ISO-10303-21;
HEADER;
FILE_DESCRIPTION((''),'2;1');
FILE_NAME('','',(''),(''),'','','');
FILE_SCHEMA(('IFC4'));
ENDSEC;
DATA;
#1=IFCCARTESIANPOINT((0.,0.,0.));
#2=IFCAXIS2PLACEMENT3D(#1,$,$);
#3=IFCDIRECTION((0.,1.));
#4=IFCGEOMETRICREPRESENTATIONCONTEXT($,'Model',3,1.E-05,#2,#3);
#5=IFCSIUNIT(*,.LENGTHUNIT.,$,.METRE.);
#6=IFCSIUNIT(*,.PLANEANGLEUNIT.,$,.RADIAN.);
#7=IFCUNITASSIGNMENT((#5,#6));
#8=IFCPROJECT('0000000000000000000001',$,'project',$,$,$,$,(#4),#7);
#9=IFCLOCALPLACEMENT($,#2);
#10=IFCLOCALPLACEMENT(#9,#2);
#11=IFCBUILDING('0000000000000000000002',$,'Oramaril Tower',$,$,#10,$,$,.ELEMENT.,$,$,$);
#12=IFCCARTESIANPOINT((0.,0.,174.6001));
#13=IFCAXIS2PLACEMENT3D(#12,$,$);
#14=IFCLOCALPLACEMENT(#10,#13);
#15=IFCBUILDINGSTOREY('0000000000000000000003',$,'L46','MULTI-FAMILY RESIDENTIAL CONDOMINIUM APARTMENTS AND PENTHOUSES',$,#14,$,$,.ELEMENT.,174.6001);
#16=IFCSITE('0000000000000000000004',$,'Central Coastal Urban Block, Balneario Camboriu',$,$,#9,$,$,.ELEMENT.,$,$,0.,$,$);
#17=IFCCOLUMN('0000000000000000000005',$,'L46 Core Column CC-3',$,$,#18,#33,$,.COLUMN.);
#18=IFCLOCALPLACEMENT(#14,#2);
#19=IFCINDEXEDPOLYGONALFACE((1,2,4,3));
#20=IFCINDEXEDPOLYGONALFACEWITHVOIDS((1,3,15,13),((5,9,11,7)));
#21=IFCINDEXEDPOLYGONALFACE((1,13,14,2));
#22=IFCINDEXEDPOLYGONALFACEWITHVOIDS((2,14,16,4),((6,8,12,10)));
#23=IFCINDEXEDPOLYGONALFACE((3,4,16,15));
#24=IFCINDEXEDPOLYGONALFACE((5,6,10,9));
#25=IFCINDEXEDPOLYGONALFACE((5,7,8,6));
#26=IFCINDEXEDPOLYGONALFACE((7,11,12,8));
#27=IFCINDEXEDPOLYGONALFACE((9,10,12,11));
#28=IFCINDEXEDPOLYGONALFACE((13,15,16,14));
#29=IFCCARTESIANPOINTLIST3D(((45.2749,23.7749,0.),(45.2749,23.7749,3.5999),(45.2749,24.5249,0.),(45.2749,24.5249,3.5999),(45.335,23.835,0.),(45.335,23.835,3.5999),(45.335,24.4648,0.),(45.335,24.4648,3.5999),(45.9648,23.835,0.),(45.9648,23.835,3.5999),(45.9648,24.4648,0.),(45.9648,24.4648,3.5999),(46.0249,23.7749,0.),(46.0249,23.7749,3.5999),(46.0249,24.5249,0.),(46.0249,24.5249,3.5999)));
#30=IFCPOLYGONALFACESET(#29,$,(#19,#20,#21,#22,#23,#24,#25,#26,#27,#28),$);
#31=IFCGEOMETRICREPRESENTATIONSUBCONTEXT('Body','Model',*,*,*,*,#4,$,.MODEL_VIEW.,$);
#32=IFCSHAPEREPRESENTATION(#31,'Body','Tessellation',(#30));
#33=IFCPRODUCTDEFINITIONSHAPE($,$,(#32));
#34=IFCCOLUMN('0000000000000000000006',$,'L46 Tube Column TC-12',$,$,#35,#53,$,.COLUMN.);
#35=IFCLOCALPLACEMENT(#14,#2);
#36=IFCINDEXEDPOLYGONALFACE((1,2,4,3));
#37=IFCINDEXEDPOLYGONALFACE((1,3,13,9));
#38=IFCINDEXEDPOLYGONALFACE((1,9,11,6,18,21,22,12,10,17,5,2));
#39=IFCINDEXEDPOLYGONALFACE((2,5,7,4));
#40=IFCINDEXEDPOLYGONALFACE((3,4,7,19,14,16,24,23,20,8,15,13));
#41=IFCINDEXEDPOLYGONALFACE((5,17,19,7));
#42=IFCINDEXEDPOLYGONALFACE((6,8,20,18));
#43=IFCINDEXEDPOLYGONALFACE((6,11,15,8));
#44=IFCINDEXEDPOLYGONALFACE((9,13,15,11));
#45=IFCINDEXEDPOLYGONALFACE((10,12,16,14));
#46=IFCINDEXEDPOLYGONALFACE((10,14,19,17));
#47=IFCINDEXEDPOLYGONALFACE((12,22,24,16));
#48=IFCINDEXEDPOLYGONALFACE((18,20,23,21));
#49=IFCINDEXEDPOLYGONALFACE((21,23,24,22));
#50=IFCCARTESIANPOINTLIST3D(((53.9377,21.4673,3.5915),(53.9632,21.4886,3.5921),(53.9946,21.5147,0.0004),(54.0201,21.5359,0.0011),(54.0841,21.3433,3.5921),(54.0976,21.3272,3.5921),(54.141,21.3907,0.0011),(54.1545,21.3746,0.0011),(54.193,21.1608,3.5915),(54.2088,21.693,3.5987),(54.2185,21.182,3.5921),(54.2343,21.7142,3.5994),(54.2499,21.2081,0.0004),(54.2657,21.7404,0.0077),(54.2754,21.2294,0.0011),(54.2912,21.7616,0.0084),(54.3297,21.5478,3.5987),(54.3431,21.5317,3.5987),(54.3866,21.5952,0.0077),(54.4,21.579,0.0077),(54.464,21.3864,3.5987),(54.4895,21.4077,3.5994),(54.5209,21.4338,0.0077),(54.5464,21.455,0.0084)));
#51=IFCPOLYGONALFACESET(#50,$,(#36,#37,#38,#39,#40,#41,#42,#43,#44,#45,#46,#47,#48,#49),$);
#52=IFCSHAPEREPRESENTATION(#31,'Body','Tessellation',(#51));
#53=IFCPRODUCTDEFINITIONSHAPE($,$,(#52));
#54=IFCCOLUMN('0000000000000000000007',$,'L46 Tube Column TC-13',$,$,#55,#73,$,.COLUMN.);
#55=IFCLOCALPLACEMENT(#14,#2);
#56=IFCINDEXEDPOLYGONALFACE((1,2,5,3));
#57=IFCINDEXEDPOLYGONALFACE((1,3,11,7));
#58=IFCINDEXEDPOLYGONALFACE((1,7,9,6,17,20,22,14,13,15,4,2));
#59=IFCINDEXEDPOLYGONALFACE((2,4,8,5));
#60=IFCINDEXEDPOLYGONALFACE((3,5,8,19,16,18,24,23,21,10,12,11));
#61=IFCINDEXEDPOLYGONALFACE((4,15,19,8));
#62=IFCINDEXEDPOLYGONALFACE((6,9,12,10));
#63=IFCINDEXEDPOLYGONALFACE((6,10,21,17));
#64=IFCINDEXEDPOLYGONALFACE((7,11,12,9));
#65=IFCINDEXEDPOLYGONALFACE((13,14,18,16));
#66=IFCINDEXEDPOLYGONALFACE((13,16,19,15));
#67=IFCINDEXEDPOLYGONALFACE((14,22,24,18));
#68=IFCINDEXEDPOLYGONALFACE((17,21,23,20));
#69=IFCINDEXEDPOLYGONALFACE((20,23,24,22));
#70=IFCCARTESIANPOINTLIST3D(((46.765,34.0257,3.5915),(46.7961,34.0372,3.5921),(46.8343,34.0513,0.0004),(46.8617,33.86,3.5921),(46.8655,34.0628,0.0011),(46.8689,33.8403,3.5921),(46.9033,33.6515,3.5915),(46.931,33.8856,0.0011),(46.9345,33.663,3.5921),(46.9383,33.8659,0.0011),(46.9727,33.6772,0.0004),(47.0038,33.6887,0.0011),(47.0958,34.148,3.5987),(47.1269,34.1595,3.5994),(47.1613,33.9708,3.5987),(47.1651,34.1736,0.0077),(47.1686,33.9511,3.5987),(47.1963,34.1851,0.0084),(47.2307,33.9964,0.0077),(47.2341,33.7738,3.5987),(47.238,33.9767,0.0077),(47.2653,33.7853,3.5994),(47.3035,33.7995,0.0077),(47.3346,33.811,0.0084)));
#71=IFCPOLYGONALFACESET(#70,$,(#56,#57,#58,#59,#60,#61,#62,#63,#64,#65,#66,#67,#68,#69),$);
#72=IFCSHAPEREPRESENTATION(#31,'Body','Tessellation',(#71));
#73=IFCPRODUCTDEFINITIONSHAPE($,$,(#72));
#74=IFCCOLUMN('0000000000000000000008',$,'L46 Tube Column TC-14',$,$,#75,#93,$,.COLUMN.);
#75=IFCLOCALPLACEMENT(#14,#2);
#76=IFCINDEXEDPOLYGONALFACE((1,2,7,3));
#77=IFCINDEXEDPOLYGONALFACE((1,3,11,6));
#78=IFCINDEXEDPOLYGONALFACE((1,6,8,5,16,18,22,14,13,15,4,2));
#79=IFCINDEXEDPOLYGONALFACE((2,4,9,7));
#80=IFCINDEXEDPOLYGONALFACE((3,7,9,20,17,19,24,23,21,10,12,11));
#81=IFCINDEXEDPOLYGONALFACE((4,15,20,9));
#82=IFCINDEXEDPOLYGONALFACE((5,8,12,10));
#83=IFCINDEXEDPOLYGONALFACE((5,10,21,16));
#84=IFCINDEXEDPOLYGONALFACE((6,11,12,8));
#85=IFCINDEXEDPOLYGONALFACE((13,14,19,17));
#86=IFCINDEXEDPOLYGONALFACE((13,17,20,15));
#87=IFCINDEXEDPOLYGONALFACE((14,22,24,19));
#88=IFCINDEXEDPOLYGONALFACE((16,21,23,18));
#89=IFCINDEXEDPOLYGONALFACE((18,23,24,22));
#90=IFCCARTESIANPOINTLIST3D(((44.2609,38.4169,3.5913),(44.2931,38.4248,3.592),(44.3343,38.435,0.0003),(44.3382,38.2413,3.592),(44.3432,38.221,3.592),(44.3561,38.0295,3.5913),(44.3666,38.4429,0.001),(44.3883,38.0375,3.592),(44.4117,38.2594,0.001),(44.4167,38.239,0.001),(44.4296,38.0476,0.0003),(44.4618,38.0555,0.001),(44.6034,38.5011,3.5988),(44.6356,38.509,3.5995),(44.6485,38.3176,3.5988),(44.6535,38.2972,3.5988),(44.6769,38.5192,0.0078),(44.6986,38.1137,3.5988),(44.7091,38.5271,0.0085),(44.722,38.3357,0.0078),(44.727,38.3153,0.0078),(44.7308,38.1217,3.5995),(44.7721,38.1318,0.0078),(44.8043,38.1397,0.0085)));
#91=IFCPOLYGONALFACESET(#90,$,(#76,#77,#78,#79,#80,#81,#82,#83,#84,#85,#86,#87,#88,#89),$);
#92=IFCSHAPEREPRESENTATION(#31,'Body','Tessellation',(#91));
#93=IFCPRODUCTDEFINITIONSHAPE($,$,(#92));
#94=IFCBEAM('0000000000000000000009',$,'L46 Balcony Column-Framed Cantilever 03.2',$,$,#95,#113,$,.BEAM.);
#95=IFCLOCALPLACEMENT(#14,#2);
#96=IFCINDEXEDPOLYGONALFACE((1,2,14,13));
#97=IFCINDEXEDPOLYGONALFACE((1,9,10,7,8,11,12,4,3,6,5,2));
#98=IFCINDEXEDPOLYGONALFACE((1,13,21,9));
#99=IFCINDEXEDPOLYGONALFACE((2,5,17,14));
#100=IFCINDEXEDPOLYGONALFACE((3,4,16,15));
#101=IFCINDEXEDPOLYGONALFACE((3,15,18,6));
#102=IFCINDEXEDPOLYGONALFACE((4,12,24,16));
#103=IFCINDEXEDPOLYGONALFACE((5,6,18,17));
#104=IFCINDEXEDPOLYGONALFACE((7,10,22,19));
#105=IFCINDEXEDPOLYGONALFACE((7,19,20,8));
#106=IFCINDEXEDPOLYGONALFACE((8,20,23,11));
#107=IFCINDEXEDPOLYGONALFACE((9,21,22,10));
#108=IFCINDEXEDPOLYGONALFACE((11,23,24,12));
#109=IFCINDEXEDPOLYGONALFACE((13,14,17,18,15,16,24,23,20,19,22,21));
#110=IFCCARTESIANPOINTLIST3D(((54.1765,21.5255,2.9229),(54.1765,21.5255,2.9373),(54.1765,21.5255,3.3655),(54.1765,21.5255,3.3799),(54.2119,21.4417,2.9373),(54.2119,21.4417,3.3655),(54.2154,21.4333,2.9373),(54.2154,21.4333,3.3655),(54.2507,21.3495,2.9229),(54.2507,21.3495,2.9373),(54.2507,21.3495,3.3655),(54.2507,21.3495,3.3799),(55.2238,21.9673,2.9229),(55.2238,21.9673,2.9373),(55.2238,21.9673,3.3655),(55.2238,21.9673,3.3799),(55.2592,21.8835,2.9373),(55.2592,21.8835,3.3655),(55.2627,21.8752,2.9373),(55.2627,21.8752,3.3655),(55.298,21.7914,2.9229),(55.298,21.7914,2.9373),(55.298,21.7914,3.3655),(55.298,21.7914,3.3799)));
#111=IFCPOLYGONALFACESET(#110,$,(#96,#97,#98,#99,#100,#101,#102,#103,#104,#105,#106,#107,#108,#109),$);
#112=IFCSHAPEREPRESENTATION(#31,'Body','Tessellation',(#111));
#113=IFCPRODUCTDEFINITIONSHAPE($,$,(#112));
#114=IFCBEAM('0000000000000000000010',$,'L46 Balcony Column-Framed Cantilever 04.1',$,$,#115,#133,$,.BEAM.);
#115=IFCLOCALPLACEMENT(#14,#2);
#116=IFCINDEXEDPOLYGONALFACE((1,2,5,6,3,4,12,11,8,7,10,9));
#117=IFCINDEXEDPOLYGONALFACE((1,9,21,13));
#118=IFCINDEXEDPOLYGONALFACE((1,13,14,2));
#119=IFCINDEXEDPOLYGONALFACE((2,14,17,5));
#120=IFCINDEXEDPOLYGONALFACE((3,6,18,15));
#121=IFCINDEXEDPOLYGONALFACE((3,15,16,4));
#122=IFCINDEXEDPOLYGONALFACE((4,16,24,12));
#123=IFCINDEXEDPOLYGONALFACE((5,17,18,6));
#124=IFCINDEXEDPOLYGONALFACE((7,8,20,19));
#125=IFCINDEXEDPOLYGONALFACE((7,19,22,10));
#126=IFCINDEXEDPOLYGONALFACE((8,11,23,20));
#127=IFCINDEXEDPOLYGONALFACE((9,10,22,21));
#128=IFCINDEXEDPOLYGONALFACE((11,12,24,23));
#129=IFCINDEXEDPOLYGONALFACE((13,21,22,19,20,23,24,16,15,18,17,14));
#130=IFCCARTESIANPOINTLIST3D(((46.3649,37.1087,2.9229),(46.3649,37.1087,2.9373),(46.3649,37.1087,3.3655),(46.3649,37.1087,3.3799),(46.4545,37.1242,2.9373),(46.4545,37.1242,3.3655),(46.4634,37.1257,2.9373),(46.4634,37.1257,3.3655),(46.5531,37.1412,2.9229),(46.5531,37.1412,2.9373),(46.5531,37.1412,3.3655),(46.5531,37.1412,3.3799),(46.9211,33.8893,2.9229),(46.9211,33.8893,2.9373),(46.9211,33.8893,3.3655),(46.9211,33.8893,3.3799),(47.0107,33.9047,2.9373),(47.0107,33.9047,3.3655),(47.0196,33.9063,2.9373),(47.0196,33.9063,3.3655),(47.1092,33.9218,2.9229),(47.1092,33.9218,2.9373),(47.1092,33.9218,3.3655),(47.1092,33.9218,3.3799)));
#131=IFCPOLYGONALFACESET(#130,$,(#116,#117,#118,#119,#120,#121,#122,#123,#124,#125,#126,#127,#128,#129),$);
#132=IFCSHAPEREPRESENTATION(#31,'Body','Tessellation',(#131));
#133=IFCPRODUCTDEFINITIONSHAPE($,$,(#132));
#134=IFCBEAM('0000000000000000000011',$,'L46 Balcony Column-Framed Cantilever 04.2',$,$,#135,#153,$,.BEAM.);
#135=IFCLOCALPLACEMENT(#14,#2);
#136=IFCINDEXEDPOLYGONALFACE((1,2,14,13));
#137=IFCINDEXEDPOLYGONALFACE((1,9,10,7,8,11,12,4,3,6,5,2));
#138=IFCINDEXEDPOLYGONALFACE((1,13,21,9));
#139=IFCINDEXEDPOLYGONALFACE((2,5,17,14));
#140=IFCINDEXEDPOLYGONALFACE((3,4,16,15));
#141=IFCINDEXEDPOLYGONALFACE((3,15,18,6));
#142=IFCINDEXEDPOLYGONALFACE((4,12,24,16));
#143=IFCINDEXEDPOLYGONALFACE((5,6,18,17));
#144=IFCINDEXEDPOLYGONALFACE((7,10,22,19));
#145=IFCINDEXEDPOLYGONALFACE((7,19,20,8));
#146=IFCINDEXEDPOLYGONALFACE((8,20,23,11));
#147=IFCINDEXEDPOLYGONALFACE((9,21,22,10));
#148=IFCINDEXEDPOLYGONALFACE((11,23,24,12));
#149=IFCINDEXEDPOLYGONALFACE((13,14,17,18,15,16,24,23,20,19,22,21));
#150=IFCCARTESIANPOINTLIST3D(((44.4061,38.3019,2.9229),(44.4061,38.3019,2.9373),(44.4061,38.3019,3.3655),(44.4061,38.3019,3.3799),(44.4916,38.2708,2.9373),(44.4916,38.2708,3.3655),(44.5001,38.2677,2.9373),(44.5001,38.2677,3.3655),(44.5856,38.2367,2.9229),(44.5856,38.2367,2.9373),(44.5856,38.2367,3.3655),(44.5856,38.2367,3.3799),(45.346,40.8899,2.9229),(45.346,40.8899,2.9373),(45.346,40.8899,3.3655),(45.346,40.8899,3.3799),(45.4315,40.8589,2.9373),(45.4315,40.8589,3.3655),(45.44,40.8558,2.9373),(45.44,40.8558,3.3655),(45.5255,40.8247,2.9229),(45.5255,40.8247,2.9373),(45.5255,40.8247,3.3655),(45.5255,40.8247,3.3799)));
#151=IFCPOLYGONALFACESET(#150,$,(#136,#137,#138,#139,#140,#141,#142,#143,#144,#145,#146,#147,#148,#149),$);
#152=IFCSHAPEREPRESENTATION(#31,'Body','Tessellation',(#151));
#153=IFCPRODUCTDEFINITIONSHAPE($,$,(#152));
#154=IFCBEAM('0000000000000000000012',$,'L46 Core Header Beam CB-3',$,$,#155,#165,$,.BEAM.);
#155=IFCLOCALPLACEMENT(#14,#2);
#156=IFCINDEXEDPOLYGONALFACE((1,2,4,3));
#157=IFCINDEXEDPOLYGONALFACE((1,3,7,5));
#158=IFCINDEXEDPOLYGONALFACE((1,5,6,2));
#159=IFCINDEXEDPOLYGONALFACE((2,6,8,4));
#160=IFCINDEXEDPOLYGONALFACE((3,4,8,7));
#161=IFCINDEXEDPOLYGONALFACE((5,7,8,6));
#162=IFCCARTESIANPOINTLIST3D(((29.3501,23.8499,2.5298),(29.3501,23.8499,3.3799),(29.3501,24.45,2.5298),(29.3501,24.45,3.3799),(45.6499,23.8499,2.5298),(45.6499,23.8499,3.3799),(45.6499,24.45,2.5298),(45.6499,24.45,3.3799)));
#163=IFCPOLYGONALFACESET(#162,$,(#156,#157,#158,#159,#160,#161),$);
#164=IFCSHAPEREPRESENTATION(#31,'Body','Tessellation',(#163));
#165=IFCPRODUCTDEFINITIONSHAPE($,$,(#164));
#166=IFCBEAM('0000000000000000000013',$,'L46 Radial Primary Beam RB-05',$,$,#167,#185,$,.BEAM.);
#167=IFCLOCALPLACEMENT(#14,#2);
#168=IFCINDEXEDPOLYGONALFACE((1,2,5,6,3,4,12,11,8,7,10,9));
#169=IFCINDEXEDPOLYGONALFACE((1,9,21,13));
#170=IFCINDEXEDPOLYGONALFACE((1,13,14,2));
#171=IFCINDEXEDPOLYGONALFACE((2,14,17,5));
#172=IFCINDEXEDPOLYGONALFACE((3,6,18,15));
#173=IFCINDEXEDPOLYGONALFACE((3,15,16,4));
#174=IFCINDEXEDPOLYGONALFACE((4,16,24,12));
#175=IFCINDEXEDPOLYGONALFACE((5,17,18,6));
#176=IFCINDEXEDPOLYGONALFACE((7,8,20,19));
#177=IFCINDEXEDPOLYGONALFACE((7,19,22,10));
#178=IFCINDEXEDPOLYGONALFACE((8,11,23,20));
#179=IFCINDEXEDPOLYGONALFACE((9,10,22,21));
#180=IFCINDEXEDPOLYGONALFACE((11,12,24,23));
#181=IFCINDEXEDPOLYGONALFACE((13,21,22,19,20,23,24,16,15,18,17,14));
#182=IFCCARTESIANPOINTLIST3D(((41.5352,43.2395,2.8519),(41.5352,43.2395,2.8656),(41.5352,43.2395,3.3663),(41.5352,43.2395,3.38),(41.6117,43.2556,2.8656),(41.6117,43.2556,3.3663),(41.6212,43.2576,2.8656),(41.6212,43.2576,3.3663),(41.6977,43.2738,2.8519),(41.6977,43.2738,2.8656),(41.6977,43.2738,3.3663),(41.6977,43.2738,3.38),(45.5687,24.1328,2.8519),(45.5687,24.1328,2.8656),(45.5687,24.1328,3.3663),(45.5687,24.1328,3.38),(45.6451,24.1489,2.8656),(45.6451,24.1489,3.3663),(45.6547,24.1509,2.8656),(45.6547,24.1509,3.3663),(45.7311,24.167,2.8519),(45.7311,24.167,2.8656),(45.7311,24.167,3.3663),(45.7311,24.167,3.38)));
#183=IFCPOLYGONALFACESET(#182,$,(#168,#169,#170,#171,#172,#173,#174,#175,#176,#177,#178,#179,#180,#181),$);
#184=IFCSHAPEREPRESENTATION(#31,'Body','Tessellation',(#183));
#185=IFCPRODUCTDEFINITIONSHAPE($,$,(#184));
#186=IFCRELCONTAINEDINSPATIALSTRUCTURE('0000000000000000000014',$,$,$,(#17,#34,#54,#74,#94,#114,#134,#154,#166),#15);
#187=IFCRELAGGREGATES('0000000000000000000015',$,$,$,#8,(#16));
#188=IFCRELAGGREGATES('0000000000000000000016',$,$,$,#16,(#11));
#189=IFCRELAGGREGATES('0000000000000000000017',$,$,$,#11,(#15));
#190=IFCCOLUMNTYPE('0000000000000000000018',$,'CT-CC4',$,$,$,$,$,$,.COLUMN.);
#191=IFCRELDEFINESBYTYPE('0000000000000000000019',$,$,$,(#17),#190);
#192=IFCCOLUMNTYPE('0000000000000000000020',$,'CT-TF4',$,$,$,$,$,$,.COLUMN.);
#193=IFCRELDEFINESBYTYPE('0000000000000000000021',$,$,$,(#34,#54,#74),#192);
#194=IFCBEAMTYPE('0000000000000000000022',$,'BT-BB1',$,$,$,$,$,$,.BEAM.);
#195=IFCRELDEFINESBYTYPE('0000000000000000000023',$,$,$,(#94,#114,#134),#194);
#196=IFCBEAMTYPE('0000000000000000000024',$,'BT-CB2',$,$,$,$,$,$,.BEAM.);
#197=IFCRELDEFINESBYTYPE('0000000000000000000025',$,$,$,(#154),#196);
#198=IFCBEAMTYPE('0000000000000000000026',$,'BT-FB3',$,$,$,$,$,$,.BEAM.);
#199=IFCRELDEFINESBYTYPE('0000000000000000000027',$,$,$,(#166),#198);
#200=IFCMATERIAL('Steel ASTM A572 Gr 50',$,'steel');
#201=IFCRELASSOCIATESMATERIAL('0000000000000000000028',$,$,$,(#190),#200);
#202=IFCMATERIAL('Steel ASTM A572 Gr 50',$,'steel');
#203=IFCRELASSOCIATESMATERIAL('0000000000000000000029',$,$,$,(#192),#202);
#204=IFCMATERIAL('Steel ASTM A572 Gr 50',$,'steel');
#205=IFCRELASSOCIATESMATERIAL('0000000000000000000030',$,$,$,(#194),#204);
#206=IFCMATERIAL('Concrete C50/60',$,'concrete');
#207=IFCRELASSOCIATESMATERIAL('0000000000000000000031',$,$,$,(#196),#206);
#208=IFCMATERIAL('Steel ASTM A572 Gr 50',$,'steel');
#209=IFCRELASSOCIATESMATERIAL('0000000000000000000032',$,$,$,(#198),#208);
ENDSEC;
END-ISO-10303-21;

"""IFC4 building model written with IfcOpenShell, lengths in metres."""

from ifc_helpers import new_model, si_unit, direction, frame, origin, origin_2d, place, context, subcontext, project, spatial, rectangle, hollow_rectangle, i_section, extrude, material, material_profile, profile_set, type_object, element, save


model = new_model("IFC4")

# Units and contexts
model_context = context("Model", 3, precision=1e-05, world=origin(), true_north=direction((0.0, 1.0)))
body_context = subcontext(model_context, "Body", "Model", "MODEL_VIEW")
ifc_project = project(units=[si_unit("LENGTHUNIT", "METRE"), si_unit("PLANEANGLEUNIT", "RADIAN")], contexts=[model_context])

# Site, building, storey
site_placement = place(None, origin())
site = spatial("IfcSite", under=ifc_project, at=site_placement, Name="Central Coastal Urban Block, Balneario Camboriu", CompositionType="ELEMENT", RefElevation=0.0)
building_placement = place(site_placement, origin())
building = spatial("IfcBuilding", under=site, at=building_placement, Name="Oramaril Tower", CompositionType="ELEMENT")
storey_placement = place(building_placement, frame((0.0, 0.0, 174.6001)))
storey = spatial("IfcBuildingStorey", under=building, at=storey_placement, Name="L46", Description="MULTI-FAMILY RESIDENTIAL CONDOMINIUM APARTMENTS AND PENTHOUSES", CompositionType="ELEMENT", Elevation=174.6001)

# Columns
ifc_material_1 = material(Name="Steel ASTM A572 Gr 50", Category="steel")
ifc_material_profile_1 = material_profile(ifc_material_1, hollow_rectangle(XDim=0.75, YDim=0.75, WallThickness=0.0601, at=origin_2d()), Name="BOX750X750X60")
ifc_profile_set_1 = profile_set([ifc_material_profile_1], Name="Steel ASTM A572 Gr 50")
column_type_1 = type_object("IfcColumnType", Name="CT-CC4", PredefinedType="COLUMN", material=ifc_profile_set_1)
column_placement = place(storey_placement, frame((45.6499, 24.1499, 0.0), z_axis=(0.0, 0.0, 1.0), x_axis=(1.0, 0.0, 0.0)))
element("IfcColumn", 1, at=column_placement, inside=storey, type_object=column_type_1, Name="L46 Core Column CC-3", PredefinedType="COLUMN", context=body_context, shape_type="SweptSolid", body=[
    extrude(hollow_rectangle(XDim=0.75, YDim=0.75, WallThickness=0.0601, at=origin_2d()), origin(), (0.0, 0.0, 1.0), 3.5999),
])
ifc_material_2 = material(Name="Steel ASTM A572 Gr 50", Category="steel")
ifc_material_profile_2 = material_profile(ifc_material_2, i_section(OverallWidth=0.3989, OverallDepth=0.386, WebThickness=0.021, FlangeThickness=0.0332, at=origin_2d()), Name="W14X176")
ifc_profile_set_2 = profile_set([ifc_material_profile_2], Name="Steel ASTM A572 Gr 50")
column_type_2 = type_object("IfcColumnType", Name="CT-TF4", PredefinedType="COLUMN", material=ifc_profile_set_2)
for number, where, z_axis, x_axis, name in (
    (2, (54.2705, 21.4849, 0.0044), (-0.015837, -0.013186, 0.999788), (0.63986, -0.768492, 0.0), "L46 Tube Column TC-12"),
    (3, (47.0845, 33.9312, 0.0044), (-0.019304, -0.007137, 0.999788), (0.346776, -0.937948, 0.0), "L46 Tube Column TC-13"),
    (4, (44.5693, 38.2874, 0.0044), (-0.020459, -0.00503, 0.999778), (0.238738, -0.971084, 0.0), "L46 Tube Column TC-14"),
):
    element("IfcColumn", number, at=place(storey_placement, frame(where, z_axis=z_axis, x_axis=x_axis)), inside=storey, type_object=column_type_2, Name=name, PredefinedType="COLUMN", context=body_context, shape_type="SweptSolid", body=[
        extrude(i_section(OverallWidth=0.3989, OverallDepth=0.386, WebThickness=0.021, FlangeThickness=0.0332, at=origin_2d()), origin(), (0.0, 0.0, 1.0), 3.5918),
    ])

# Beams
ifc_material_3 = material(Name="Steel ASTM A572 Gr 50", Category="steel")
ifc_material_profile_3 = material_profile(ifc_material_3, i_section(OverallWidth=0.1909, OverallDepth=0.457, WebThickness=0.009, FlangeThickness=0.0144, at=origin_2d()), Name="W18X50")
ifc_profile_set_3 = profile_set([ifc_material_profile_3], Name="Steel ASTM A572 Gr 50")
beam_type_1 = type_object("IfcBeamType", Name="BT-BB1", PredefinedType="BEAM", material=ifc_profile_set_3)
beam_1_placement = place(storey_placement, frame((54.2136, 21.4375, 3.1514), z_axis=(0.921352, 0.388729, 0.0), x_axis=(-0.388729, 0.921352, 0.0)))
element("IfcBeam", 5, at=beam_1_placement, inside=storey, type_object=beam_type_1, Name="L46 Balcony Column-Framed Cantilever 03.2", PredefinedType="BEAM", context=body_context, shape_type="SweptSolid", body=[
    extrude(i_section(OverallWidth=0.1909, OverallDepth=0.457, WebThickness=0.009, FlangeThickness=0.0144, at=origin_2d()), origin(), (0.0, 0.0, 1.0), 1.1367),
])
beam_2_placement = place(storey_placement, frame((47.0151, 33.9055, 3.1514), z_axis=(-0.170225, 0.985405, 0.0), x_axis=(-0.985405, -0.170225, 0.0)))
element("IfcBeam", 6, at=beam_2_placement, inside=storey, type_object=beam_type_1, Name="L46 Balcony Column-Framed Cantilever 04.1", PredefinedType="BEAM", context=body_context, shape_type="SweptSolid", body=[
    extrude(i_section(OverallWidth=0.1909, OverallDepth=0.457, WebThickness=0.009, FlangeThickness=0.0144, at=origin_2d()), origin(), (0.0, 0.0, 1.0), 3.2671),
])
beam_3_placement = place(storey_placement, frame((44.4958, 38.2693, 3.1514), z_axis=(0.341359, 0.939933, 0.0), x_axis=(-0.939933, 0.341359, 0.0)))
element("IfcBeam", 7, at=beam_3_placement, inside=storey, type_object=beam_type_1, Name="L46 Balcony Column-Framed Cantilever 04.2", PredefinedType="BEAM", context=body_context, shape_type="SweptSolid", body=[
    extrude(i_section(OverallWidth=0.1909, OverallDepth=0.457, WebThickness=0.009, FlangeThickness=0.0144, at=origin_2d()), origin(), (0.0, 0.0, 1.0), 2.7534),
])
ifc_material_4 = material(Name="Concrete C50/60", Category="concrete")
ifc_material_profile_4 = material_profile(ifc_material_4, rectangle(XDim=0.6001, YDim=0.8501, at=origin_2d()), Name="CB600X850")
ifc_profile_set_4 = profile_set([ifc_material_profile_4], Name="Concrete C50/60")
beam_type_2 = type_object("IfcBeamType", Name="BT-CB2", PredefinedType="BEAM", material=ifc_profile_set_4)
beam_4_placement = place(storey_placement, frame((45.6499, 24.1499, 2.9548), z_axis=(-1.0, 0.0, 0.0), x_axis=(0.0, -1.0, 0.0)))
element("IfcBeam", 8, at=beam_4_placement, inside=storey, type_object=beam_type_2, Name="L46 Core Header Beam CB-3", PredefinedType="BEAM", context=body_context, shape_type="SweptSolid", body=[
    extrude(rectangle(XDim=0.6001, YDim=0.8501, at=origin_2d()), origin(), (0.0, 0.0, 1.0), 16.2998),
])
ifc_material_5 = material(Name="Steel ASTM A572 Gr 50", Category="steel")
ifc_material_profile_5 = material_profile(ifc_material_5, i_section(OverallWidth=0.166, OverallDepth=0.5281, WebThickness=0.0098, FlangeThickness=0.0137, at=origin_2d()), Name="W21X50")
ifc_profile_set_5 = profile_set([ifc_material_profile_5], Name="Steel ASTM A572 Gr 50")
beam_type_3 = type_object("IfcBeamType", Name="BT-FB3", PredefinedType="BEAM", material=ifc_profile_set_5)
beam_5_placement = place(storey_placement, frame((45.6499, 24.1499, 3.116), z_axis=(-0.206549, 0.978436, 0.0), x_axis=(-0.978436, -0.206549, 0.0)))
element("IfcBeam", 9, at=beam_5_placement, inside=storey, type_object=beam_type_3, Name="L46 Radial Primary Beam RB-05", PredefinedType="BEAM", context=body_context, shape_type="SweptSolid", body=[
    extrude(i_section(OverallWidth=0.166, OverallDepth=0.5281, WebThickness=0.0098, FlangeThickness=0.0137, at=origin_2d()), origin(), (0.0, 0.0, 1.0), 19.5278),
])

save(model, "model.ifc")
